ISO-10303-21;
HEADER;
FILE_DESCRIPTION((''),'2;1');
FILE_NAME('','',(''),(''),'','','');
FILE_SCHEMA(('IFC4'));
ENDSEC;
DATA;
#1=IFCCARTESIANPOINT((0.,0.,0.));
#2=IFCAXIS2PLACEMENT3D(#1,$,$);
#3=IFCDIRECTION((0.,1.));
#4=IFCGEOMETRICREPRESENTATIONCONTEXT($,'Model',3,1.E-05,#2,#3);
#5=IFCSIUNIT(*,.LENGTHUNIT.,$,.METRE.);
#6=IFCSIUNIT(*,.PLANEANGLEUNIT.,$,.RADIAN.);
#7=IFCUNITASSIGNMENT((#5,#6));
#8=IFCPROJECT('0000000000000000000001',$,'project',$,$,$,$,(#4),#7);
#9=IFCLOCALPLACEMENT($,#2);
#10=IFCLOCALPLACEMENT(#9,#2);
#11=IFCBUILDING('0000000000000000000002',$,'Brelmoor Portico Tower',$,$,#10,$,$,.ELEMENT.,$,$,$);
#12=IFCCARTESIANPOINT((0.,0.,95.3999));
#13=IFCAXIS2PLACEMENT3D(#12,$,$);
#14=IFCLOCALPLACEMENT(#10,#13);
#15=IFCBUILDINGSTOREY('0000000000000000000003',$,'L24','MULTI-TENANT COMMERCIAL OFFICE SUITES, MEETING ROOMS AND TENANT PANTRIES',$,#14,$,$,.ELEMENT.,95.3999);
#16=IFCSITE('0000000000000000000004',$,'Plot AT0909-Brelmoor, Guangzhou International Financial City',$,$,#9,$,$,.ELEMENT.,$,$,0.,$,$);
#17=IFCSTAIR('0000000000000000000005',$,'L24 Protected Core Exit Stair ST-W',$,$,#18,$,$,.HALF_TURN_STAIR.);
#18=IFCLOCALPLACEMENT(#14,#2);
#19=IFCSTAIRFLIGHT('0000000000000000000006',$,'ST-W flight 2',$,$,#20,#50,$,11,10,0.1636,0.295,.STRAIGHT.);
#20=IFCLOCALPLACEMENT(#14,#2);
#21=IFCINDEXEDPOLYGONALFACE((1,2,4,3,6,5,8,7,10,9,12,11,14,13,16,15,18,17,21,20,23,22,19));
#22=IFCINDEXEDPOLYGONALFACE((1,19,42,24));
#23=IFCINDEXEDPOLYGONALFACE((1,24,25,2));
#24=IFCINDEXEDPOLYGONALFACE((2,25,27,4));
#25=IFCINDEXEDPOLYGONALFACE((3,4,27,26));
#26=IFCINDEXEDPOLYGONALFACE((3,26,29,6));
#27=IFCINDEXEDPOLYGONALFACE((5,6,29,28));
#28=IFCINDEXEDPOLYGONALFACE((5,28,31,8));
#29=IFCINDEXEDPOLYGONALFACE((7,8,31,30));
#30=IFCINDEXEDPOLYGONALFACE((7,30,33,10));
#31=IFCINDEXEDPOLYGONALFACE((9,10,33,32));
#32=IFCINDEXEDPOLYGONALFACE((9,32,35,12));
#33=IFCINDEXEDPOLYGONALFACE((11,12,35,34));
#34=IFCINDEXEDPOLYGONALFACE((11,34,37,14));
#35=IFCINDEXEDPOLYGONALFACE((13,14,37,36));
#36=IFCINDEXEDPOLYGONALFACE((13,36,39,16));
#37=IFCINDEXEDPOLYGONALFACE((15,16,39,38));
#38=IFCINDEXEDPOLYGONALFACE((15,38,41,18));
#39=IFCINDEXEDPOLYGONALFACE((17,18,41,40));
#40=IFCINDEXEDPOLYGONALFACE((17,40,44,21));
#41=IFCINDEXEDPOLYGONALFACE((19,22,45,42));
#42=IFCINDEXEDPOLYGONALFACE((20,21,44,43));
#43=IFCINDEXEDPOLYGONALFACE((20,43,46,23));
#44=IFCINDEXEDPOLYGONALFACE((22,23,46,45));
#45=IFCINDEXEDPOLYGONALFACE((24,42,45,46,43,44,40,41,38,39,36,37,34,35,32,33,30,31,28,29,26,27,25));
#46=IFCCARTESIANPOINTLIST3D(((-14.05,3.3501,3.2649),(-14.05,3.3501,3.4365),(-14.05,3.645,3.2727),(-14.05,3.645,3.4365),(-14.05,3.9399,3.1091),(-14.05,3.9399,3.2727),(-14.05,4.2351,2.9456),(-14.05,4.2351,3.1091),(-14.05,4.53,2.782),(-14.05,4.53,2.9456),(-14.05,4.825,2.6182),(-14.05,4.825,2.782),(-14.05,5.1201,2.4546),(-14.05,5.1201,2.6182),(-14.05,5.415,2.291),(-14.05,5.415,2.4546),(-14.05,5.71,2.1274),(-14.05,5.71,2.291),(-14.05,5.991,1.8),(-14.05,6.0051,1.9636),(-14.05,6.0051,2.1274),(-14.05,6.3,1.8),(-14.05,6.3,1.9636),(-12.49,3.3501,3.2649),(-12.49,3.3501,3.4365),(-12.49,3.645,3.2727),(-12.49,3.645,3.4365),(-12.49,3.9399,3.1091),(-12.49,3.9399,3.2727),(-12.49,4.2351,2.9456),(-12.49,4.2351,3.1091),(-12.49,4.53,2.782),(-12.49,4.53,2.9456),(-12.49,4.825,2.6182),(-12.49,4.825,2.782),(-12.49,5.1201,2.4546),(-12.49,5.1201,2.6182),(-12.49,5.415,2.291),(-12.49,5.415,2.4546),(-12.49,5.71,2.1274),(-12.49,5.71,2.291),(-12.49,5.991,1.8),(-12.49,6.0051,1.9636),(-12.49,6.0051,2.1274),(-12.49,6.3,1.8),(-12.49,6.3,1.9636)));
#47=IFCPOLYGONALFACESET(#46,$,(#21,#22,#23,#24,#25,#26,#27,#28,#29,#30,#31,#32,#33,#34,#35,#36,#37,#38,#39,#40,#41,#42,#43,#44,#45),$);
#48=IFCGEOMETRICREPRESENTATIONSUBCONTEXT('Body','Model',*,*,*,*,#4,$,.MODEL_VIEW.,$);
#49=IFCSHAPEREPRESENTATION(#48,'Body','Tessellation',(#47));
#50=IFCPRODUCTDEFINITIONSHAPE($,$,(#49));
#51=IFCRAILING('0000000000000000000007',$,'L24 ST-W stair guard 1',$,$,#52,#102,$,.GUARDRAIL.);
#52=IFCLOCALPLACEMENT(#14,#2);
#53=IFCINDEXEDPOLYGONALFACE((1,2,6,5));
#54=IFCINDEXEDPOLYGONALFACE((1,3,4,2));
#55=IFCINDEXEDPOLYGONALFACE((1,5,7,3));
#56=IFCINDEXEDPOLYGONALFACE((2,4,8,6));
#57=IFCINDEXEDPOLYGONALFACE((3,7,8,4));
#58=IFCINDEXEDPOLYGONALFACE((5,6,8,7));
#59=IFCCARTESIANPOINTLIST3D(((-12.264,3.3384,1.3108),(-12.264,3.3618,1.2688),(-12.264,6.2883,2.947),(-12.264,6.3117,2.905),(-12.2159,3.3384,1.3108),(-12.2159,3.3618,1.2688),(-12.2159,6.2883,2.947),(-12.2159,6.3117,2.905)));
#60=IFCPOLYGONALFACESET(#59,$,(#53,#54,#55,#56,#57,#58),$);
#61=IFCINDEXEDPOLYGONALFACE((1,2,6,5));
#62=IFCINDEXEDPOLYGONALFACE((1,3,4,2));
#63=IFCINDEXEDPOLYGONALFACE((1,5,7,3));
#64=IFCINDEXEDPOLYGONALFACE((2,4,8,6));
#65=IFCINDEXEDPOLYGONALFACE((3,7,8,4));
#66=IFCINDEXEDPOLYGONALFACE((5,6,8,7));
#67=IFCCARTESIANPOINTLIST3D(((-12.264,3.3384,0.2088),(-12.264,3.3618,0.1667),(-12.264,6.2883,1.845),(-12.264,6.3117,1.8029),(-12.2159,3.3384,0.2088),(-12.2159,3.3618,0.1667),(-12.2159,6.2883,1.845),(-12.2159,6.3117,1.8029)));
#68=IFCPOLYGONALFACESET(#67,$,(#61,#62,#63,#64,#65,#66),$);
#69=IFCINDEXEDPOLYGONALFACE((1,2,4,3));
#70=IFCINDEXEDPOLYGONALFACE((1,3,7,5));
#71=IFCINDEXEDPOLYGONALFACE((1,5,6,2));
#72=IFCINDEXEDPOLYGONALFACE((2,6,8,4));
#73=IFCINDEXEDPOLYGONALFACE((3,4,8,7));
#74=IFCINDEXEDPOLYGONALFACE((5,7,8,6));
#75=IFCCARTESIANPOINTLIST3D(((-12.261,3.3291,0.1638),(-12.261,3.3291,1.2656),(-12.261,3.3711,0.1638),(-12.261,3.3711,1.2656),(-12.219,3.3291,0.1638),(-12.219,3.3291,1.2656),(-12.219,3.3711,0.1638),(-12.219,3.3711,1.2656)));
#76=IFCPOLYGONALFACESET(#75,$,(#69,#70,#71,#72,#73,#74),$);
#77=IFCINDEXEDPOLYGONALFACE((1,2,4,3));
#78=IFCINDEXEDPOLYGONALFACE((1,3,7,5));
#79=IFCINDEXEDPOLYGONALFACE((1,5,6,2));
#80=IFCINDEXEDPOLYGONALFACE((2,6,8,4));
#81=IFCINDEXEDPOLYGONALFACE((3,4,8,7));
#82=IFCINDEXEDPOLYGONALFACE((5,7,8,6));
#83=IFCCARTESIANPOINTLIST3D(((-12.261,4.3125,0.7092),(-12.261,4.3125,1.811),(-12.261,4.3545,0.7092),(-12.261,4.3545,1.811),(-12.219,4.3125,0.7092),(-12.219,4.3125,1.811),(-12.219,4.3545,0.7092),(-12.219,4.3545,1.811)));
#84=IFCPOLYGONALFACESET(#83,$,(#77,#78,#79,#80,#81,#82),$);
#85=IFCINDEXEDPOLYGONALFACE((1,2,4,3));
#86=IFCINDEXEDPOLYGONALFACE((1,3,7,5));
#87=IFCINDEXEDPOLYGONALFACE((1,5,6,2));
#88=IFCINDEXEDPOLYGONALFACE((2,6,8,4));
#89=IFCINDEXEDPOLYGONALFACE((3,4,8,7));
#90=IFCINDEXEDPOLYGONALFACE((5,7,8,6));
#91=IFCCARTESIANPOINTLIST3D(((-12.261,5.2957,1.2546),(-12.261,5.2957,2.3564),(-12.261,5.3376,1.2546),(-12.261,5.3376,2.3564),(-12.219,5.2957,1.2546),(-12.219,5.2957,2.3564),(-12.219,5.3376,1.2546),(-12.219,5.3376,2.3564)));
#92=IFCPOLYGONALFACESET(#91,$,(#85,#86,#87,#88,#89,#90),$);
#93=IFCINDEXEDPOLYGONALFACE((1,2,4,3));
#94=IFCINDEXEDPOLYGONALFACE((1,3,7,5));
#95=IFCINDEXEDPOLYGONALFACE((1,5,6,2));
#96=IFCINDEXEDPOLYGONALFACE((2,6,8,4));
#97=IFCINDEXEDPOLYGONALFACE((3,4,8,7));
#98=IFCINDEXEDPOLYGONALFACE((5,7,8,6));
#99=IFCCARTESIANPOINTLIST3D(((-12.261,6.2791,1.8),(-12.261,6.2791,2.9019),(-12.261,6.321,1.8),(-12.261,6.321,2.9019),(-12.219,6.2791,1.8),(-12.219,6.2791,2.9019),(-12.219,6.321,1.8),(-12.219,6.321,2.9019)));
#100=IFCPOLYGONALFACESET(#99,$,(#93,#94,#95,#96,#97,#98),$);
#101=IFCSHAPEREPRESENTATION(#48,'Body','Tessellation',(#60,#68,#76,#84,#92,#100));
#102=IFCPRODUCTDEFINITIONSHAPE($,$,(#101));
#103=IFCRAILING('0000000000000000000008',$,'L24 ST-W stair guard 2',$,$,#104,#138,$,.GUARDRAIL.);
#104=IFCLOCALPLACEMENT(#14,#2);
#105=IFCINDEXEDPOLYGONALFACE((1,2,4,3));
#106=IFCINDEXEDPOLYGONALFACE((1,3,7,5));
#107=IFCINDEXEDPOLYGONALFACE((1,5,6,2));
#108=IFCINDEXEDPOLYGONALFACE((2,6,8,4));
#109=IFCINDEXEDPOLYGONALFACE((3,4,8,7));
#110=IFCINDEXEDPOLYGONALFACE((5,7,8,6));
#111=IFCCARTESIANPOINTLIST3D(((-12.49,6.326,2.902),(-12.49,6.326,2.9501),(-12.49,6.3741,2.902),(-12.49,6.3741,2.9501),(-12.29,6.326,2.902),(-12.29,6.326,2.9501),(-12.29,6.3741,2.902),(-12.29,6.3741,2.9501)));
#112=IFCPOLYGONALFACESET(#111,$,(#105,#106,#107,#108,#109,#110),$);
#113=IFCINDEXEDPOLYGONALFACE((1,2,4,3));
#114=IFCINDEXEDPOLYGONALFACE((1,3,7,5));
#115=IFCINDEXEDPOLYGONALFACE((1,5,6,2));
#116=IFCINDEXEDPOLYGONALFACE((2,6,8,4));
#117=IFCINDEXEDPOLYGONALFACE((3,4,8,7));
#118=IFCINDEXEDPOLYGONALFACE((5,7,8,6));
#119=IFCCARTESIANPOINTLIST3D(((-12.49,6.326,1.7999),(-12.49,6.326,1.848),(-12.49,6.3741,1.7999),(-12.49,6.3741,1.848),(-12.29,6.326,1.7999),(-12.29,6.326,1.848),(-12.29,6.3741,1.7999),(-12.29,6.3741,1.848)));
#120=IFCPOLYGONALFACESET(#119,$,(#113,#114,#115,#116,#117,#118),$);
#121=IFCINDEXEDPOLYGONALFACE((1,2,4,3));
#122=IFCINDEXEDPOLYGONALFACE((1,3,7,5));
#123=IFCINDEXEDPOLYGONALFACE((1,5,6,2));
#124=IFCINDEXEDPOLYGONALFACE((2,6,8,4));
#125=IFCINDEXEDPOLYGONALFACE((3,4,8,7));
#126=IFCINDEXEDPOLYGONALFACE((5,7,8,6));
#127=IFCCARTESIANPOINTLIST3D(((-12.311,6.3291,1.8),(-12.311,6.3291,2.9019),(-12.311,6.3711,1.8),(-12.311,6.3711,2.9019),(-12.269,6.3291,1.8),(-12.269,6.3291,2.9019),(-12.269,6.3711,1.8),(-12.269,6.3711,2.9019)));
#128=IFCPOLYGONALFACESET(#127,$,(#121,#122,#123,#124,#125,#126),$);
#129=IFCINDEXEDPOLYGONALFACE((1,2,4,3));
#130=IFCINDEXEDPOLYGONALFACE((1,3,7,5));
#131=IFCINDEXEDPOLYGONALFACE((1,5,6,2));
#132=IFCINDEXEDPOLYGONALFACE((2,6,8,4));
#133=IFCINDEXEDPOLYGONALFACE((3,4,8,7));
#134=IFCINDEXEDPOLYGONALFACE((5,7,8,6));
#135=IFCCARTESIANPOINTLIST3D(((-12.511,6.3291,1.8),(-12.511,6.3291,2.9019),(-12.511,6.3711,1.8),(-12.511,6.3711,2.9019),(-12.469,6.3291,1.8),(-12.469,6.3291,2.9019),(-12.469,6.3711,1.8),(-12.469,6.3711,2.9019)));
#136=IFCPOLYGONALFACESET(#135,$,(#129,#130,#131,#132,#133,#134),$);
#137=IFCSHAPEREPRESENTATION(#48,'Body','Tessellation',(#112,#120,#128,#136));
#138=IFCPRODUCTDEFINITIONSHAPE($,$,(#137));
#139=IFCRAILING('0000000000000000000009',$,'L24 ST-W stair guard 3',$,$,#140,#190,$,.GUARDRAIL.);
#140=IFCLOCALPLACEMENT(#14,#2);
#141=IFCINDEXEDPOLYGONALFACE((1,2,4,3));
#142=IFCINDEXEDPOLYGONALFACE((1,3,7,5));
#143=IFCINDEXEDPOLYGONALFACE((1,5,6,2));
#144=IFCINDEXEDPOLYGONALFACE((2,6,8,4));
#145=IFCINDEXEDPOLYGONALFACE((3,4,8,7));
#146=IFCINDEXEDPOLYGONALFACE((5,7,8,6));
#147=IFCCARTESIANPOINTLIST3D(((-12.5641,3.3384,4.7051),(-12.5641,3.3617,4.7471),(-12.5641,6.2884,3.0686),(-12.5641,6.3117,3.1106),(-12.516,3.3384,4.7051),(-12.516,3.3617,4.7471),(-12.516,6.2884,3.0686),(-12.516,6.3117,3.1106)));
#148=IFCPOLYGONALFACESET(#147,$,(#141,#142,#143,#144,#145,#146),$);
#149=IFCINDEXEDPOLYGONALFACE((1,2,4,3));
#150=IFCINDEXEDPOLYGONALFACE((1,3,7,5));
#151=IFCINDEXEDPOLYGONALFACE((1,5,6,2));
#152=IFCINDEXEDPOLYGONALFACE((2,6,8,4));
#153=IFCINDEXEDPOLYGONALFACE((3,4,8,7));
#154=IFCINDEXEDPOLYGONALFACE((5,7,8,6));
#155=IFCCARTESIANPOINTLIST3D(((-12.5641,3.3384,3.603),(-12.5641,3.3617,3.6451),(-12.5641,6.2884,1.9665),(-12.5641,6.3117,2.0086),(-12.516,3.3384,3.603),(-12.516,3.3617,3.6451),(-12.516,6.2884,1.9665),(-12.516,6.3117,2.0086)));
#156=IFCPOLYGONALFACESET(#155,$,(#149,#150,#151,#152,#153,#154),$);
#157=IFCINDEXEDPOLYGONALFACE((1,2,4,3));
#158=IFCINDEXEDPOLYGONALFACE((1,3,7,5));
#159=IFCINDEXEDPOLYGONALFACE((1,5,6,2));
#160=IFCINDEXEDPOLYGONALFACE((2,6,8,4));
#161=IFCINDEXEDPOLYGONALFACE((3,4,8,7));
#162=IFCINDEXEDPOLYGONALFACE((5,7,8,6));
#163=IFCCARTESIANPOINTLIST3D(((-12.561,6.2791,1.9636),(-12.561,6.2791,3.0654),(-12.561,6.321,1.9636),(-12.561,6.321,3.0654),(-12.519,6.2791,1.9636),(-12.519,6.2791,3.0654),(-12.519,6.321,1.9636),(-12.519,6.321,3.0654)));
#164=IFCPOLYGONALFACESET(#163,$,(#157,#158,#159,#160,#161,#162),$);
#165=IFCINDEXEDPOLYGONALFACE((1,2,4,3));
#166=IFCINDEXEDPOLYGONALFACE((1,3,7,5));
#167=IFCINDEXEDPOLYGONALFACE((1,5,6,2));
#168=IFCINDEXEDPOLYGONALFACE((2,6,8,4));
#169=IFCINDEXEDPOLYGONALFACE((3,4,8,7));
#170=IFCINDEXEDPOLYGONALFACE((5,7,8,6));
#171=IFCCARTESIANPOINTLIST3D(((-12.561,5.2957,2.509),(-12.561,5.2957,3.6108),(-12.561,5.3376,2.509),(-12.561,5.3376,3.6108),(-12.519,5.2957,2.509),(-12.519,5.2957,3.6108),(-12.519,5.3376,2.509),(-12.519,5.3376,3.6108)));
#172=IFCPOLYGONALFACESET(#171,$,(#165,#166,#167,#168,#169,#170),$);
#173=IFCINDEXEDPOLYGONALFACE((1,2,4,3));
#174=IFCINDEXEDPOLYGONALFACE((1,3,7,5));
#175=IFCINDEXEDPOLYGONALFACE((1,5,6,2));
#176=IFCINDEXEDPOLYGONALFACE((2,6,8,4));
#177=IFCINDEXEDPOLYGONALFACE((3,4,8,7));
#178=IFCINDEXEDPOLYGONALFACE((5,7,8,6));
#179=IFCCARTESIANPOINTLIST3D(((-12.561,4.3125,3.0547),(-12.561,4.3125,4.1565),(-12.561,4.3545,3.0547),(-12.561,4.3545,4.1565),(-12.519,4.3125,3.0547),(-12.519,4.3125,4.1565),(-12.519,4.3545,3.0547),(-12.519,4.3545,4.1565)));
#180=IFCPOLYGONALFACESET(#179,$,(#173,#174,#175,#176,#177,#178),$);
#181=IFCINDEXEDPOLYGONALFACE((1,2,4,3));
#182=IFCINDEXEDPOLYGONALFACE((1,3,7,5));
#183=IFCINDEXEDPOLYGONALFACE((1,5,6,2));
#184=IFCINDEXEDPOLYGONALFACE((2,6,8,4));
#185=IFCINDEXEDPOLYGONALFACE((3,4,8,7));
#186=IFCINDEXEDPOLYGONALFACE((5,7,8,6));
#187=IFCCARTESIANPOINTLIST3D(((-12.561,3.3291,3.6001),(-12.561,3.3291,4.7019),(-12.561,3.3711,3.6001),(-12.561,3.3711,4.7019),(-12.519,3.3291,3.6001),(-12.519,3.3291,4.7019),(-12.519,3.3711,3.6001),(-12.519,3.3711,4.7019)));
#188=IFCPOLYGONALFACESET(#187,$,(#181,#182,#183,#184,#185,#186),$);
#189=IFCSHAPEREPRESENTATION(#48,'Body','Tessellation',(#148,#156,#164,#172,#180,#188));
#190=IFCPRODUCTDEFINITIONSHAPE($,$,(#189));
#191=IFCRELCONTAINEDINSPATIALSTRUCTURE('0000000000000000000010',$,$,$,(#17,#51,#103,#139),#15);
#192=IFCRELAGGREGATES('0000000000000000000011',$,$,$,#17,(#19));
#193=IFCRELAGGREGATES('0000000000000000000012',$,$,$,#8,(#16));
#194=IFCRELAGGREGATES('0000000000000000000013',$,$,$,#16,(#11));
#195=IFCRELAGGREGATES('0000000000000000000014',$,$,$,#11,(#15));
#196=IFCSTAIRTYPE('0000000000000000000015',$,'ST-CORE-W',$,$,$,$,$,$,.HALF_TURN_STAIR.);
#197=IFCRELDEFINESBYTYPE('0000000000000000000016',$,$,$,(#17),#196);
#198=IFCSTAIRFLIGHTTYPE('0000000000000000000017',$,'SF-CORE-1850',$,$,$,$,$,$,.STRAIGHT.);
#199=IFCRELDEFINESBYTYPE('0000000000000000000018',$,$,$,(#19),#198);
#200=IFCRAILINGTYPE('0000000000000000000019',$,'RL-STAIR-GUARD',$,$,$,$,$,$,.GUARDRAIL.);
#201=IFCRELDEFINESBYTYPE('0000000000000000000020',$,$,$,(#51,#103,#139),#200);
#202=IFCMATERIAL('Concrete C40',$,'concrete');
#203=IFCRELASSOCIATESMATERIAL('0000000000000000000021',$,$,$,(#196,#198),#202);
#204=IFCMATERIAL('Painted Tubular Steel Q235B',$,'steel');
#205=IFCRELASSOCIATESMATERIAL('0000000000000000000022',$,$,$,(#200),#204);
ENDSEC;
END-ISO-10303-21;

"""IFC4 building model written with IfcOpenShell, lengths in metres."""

from ifc_helpers import new_model, si_unit, direction, frame, origin, origin_2d, place, context, subcontext, project, spatial, polyline, rectangle, outline, extrude, material, type_object, element, aggregate, save


model = new_model("IFC4")

# Units and contexts
model_context = context("Model", 3, precision=1e-05, world=origin(), true_north=direction((0.0, 1.0)))
body_context = subcontext(model_context, "Body", "Model", "MODEL_VIEW")
ifc_project = project(units=[si_unit("LENGTHUNIT", "METRE"), si_unit("PLANEANGLEUNIT", "RADIAN")], contexts=[model_context])

# Site, building, storey
site_placement = place(None, origin())
site = spatial("IfcSite", under=ifc_project, at=site_placement, Name="Plot AT0909-Brelmoor, Guangzhou International Financial City", CompositionType="ELEMENT", RefElevation=0.0)
building_placement = place(site_placement, origin())
building = spatial("IfcBuilding", under=site, at=building_placement, Name="Brelmoor Portico Tower", CompositionType="ELEMENT")
storey_placement = place(building_placement, frame((0.0, 0.0, 95.3999)))
storey = spatial("IfcBuildingStorey", under=building, at=storey_placement, Name="L24", Description="MULTI-TENANT COMMERCIAL OFFICE SUITES, MEETING ROOMS AND TENANT PANTRIES", CompositionType="ELEMENT", Elevation=95.3999)

# Shared definitions
ifc_material_1 = material(Name="Concrete C40", Category="concrete")

# Stair, stair flight
stair_type = type_object("IfcStairType", Name="ST-CORE-W", PredefinedType="HALF_TURN_STAIR", material=ifc_material_1)
stair_placement = place(storey_placement, origin())
stair = element("IfcStair", 1, at=stair_placement, inside=storey, type_object=stair_type, Name="L24 Protected Core Exit Stair ST-W", PredefinedType="HALF_TURN_STAIR")
stair_flight_type = type_object("IfcStairFlightType", Name="SF-CORE-1850", PredefinedType="STRAIGHT", material=ifc_material_1)
stair_flight_1_placement = place(storey_placement, frame((-13.27, 6.3, 1.8), z_axis=(0.0, 0.0, 1.0), x_axis=(0.0, -1.0, 0.0)))
stair_flight_1 = element("IfcStairFlight", 2, at=stair_flight_1_placement, type_object=stair_flight_type, Name="ST-W flight 2", NumberOfRisers=11, NumberOfTreads=10, PredefinedType="STRAIGHT", RiserHeight=0.1636, TreadLength=0.295, context=body_context, shape_type="SweptSolid", body=[
    extrude(outline(polyline([(0.0, 0.0), (0.0, 0.1636), (0.2949, 0.1636), (0.2949, 0.3274), (0.5901, 0.3274), (0.5901, 0.491), (0.885, 0.491), (0.885, 0.6545), (1.1799, 0.6545), (1.1799, 0.8181), (1.4751, 0.8181), (1.4751, 0.9819), (1.77, 0.9819), (1.77, 1.1455), (2.0649, 1.1455), (2.0649, 1.3091), (2.3601, 1.3091), (2.3601, 1.4727), (2.655, 1.4727), (2.655, 1.6365), (2.95, 1.6365), (2.95, 1.8), (2.95, 1.4648), (0.3091, 0.0), (0.0, 0.0)])), frame((0.0, 0.78, 0.0), z_axis=(0.0, -1.0, 0.0), x_axis=(1.0, 0.0, 0.0)), (0.0, 0.0, 1.0), 1.5601),
])
aggregate(stair, [stair_flight_1])

# Railings
ifc_material_2 = material(Name="Painted Tubular Steel Q235B", Category="steel")
railing_type_1 = type_object("IfcRailingType", Name="RL-STAIR-GUARD", PredefinedType="GUARDRAIL", material=ifc_material_2)
railing_1_placement = place(storey_placement, frame((-12.24, 3.3501, 0.1638)))
element("IfcRailing", 3, at=railing_1_placement, inside=storey, type_object=railing_type_1, Name="L24 ST-W stair guard 1", PredefinedType="GUARDRAIL", context=body_context, shape_type="SweptSolid", body=[
    extrude(rectangle(XDim=0.0481, YDim=0.0481, at=origin_2d()), frame((0.0, 0.0, 1.126), z_axis=(0.0, 0.874488, 0.485047), x_axis=(-1.0, 0.0, 0.0)), (0.0, 0.0, 1.0), 3.3733),
    extrude(rectangle(XDim=0.0481, YDim=0.0481, at=origin_2d()), frame((0.0, 0.0, 0.0239), z_axis=(0.0, 0.874488, 0.485047), x_axis=(-1.0, 0.0, 0.0)), (0.0, 0.0, 1.0), 3.3733),
    extrude(rectangle(XDim=0.042, YDim=0.042, at=origin_2d()), origin(), (0.0, 0.0, 1.0), 1.1018),
    extrude(rectangle(XDim=0.042, YDim=0.042, at=origin_2d()), frame((0.0, 0.9834, 0.5454)), (0.0, 0.0, 1.0), 1.1018),
    extrude(rectangle(XDim=0.042, YDim=0.042, at=origin_2d()), frame((0.0, 1.9666, 1.0908)), (0.0, 0.0, 1.0), 1.1018),
    extrude(rectangle(XDim=0.042, YDim=0.042, at=origin_2d()), frame((0.0, 2.95, 1.6362)), (0.0, 0.0, 1.0), 1.1018),
])
railing_2_placement = place(storey_placement, frame((-12.29, 6.3501, 1.8)))
element("IfcRailing", 4, at=railing_2_placement, inside=storey, type_object=railing_type_1, Name="L24 ST-W stair guard 2", PredefinedType="GUARDRAIL", context=body_context, shape_type="SweptSolid", body=[
    extrude(rectangle(XDim=0.0481, YDim=0.0481, at=origin_2d()), frame((0.0, 0.0, 1.126), z_axis=(-1.0, 0.0, 0.0), x_axis=(0.0, -1.0, 0.0)), (0.0, 0.0, 1.0), 0.2),
    extrude(rectangle(XDim=0.0481, YDim=0.0481, at=origin_2d()), frame((0.0, 0.0, 0.0239), z_axis=(-1.0, 0.0, 0.0), x_axis=(0.0, -1.0, 0.0)), (0.0, 0.0, 1.0), 0.2),
    extrude(rectangle(XDim=0.042, YDim=0.042, at=origin_2d()), origin(), (0.0, 0.0, 1.0), 1.1018),
    extrude(rectangle(XDim=0.042, YDim=0.042, at=origin_2d()), frame((-0.2, 0.0, 0.0)), (0.0, 0.0, 1.0), 1.1018),
])
railing_3_placement = place(storey_placement, frame((-12.54, 6.3, 1.9636)))
element("IfcRailing", 5, at=railing_3_placement, inside=storey, type_object=railing_type_1, Name="L24 ST-W stair guard 3", PredefinedType="GUARDRAIL", context=body_context, shape_type="SweptSolid", body=[
    extrude(rectangle(XDim=0.0481, YDim=0.0481, at=origin_2d()), frame((0.0, 0.0, 1.126), z_axis=(0.0, -0.874458, 0.485102), x_axis=(1.0, 0.0, 0.0)), (0.0, 0.0, 1.0), 3.3735),
    extrude(rectangle(XDim=0.0481, YDim=0.0481, at=origin_2d()), frame((0.0, 0.0, 0.0239), z_axis=(0.0, -0.874458, 0.485102), x_axis=(1.0, 0.0, 0.0)), (0.0, 0.0, 1.0), 3.3735),
    extrude(rectangle(XDim=0.042, YDim=0.042, at=origin_2d()), origin(), (0.0, 0.0, 1.0), 1.1018),
    extrude(rectangle(XDim=0.042, YDim=0.042, at=origin_2d()), frame((0.0, -0.9834, 0.5454)), (0.0, 0.0, 1.0), 1.1018),
    extrude(rectangle(XDim=0.042, YDim=0.042, at=origin_2d()), frame((0.0, -1.9666, 1.0911)), (0.0, 0.0, 1.0), 1.1018),
    extrude(rectangle(XDim=0.042, YDim=0.042, at=origin_2d()), frame((0.0, -2.95, 1.6365)), (0.0, 0.0, 1.0), 1.1018),
])

save(model, "model.ifc")
